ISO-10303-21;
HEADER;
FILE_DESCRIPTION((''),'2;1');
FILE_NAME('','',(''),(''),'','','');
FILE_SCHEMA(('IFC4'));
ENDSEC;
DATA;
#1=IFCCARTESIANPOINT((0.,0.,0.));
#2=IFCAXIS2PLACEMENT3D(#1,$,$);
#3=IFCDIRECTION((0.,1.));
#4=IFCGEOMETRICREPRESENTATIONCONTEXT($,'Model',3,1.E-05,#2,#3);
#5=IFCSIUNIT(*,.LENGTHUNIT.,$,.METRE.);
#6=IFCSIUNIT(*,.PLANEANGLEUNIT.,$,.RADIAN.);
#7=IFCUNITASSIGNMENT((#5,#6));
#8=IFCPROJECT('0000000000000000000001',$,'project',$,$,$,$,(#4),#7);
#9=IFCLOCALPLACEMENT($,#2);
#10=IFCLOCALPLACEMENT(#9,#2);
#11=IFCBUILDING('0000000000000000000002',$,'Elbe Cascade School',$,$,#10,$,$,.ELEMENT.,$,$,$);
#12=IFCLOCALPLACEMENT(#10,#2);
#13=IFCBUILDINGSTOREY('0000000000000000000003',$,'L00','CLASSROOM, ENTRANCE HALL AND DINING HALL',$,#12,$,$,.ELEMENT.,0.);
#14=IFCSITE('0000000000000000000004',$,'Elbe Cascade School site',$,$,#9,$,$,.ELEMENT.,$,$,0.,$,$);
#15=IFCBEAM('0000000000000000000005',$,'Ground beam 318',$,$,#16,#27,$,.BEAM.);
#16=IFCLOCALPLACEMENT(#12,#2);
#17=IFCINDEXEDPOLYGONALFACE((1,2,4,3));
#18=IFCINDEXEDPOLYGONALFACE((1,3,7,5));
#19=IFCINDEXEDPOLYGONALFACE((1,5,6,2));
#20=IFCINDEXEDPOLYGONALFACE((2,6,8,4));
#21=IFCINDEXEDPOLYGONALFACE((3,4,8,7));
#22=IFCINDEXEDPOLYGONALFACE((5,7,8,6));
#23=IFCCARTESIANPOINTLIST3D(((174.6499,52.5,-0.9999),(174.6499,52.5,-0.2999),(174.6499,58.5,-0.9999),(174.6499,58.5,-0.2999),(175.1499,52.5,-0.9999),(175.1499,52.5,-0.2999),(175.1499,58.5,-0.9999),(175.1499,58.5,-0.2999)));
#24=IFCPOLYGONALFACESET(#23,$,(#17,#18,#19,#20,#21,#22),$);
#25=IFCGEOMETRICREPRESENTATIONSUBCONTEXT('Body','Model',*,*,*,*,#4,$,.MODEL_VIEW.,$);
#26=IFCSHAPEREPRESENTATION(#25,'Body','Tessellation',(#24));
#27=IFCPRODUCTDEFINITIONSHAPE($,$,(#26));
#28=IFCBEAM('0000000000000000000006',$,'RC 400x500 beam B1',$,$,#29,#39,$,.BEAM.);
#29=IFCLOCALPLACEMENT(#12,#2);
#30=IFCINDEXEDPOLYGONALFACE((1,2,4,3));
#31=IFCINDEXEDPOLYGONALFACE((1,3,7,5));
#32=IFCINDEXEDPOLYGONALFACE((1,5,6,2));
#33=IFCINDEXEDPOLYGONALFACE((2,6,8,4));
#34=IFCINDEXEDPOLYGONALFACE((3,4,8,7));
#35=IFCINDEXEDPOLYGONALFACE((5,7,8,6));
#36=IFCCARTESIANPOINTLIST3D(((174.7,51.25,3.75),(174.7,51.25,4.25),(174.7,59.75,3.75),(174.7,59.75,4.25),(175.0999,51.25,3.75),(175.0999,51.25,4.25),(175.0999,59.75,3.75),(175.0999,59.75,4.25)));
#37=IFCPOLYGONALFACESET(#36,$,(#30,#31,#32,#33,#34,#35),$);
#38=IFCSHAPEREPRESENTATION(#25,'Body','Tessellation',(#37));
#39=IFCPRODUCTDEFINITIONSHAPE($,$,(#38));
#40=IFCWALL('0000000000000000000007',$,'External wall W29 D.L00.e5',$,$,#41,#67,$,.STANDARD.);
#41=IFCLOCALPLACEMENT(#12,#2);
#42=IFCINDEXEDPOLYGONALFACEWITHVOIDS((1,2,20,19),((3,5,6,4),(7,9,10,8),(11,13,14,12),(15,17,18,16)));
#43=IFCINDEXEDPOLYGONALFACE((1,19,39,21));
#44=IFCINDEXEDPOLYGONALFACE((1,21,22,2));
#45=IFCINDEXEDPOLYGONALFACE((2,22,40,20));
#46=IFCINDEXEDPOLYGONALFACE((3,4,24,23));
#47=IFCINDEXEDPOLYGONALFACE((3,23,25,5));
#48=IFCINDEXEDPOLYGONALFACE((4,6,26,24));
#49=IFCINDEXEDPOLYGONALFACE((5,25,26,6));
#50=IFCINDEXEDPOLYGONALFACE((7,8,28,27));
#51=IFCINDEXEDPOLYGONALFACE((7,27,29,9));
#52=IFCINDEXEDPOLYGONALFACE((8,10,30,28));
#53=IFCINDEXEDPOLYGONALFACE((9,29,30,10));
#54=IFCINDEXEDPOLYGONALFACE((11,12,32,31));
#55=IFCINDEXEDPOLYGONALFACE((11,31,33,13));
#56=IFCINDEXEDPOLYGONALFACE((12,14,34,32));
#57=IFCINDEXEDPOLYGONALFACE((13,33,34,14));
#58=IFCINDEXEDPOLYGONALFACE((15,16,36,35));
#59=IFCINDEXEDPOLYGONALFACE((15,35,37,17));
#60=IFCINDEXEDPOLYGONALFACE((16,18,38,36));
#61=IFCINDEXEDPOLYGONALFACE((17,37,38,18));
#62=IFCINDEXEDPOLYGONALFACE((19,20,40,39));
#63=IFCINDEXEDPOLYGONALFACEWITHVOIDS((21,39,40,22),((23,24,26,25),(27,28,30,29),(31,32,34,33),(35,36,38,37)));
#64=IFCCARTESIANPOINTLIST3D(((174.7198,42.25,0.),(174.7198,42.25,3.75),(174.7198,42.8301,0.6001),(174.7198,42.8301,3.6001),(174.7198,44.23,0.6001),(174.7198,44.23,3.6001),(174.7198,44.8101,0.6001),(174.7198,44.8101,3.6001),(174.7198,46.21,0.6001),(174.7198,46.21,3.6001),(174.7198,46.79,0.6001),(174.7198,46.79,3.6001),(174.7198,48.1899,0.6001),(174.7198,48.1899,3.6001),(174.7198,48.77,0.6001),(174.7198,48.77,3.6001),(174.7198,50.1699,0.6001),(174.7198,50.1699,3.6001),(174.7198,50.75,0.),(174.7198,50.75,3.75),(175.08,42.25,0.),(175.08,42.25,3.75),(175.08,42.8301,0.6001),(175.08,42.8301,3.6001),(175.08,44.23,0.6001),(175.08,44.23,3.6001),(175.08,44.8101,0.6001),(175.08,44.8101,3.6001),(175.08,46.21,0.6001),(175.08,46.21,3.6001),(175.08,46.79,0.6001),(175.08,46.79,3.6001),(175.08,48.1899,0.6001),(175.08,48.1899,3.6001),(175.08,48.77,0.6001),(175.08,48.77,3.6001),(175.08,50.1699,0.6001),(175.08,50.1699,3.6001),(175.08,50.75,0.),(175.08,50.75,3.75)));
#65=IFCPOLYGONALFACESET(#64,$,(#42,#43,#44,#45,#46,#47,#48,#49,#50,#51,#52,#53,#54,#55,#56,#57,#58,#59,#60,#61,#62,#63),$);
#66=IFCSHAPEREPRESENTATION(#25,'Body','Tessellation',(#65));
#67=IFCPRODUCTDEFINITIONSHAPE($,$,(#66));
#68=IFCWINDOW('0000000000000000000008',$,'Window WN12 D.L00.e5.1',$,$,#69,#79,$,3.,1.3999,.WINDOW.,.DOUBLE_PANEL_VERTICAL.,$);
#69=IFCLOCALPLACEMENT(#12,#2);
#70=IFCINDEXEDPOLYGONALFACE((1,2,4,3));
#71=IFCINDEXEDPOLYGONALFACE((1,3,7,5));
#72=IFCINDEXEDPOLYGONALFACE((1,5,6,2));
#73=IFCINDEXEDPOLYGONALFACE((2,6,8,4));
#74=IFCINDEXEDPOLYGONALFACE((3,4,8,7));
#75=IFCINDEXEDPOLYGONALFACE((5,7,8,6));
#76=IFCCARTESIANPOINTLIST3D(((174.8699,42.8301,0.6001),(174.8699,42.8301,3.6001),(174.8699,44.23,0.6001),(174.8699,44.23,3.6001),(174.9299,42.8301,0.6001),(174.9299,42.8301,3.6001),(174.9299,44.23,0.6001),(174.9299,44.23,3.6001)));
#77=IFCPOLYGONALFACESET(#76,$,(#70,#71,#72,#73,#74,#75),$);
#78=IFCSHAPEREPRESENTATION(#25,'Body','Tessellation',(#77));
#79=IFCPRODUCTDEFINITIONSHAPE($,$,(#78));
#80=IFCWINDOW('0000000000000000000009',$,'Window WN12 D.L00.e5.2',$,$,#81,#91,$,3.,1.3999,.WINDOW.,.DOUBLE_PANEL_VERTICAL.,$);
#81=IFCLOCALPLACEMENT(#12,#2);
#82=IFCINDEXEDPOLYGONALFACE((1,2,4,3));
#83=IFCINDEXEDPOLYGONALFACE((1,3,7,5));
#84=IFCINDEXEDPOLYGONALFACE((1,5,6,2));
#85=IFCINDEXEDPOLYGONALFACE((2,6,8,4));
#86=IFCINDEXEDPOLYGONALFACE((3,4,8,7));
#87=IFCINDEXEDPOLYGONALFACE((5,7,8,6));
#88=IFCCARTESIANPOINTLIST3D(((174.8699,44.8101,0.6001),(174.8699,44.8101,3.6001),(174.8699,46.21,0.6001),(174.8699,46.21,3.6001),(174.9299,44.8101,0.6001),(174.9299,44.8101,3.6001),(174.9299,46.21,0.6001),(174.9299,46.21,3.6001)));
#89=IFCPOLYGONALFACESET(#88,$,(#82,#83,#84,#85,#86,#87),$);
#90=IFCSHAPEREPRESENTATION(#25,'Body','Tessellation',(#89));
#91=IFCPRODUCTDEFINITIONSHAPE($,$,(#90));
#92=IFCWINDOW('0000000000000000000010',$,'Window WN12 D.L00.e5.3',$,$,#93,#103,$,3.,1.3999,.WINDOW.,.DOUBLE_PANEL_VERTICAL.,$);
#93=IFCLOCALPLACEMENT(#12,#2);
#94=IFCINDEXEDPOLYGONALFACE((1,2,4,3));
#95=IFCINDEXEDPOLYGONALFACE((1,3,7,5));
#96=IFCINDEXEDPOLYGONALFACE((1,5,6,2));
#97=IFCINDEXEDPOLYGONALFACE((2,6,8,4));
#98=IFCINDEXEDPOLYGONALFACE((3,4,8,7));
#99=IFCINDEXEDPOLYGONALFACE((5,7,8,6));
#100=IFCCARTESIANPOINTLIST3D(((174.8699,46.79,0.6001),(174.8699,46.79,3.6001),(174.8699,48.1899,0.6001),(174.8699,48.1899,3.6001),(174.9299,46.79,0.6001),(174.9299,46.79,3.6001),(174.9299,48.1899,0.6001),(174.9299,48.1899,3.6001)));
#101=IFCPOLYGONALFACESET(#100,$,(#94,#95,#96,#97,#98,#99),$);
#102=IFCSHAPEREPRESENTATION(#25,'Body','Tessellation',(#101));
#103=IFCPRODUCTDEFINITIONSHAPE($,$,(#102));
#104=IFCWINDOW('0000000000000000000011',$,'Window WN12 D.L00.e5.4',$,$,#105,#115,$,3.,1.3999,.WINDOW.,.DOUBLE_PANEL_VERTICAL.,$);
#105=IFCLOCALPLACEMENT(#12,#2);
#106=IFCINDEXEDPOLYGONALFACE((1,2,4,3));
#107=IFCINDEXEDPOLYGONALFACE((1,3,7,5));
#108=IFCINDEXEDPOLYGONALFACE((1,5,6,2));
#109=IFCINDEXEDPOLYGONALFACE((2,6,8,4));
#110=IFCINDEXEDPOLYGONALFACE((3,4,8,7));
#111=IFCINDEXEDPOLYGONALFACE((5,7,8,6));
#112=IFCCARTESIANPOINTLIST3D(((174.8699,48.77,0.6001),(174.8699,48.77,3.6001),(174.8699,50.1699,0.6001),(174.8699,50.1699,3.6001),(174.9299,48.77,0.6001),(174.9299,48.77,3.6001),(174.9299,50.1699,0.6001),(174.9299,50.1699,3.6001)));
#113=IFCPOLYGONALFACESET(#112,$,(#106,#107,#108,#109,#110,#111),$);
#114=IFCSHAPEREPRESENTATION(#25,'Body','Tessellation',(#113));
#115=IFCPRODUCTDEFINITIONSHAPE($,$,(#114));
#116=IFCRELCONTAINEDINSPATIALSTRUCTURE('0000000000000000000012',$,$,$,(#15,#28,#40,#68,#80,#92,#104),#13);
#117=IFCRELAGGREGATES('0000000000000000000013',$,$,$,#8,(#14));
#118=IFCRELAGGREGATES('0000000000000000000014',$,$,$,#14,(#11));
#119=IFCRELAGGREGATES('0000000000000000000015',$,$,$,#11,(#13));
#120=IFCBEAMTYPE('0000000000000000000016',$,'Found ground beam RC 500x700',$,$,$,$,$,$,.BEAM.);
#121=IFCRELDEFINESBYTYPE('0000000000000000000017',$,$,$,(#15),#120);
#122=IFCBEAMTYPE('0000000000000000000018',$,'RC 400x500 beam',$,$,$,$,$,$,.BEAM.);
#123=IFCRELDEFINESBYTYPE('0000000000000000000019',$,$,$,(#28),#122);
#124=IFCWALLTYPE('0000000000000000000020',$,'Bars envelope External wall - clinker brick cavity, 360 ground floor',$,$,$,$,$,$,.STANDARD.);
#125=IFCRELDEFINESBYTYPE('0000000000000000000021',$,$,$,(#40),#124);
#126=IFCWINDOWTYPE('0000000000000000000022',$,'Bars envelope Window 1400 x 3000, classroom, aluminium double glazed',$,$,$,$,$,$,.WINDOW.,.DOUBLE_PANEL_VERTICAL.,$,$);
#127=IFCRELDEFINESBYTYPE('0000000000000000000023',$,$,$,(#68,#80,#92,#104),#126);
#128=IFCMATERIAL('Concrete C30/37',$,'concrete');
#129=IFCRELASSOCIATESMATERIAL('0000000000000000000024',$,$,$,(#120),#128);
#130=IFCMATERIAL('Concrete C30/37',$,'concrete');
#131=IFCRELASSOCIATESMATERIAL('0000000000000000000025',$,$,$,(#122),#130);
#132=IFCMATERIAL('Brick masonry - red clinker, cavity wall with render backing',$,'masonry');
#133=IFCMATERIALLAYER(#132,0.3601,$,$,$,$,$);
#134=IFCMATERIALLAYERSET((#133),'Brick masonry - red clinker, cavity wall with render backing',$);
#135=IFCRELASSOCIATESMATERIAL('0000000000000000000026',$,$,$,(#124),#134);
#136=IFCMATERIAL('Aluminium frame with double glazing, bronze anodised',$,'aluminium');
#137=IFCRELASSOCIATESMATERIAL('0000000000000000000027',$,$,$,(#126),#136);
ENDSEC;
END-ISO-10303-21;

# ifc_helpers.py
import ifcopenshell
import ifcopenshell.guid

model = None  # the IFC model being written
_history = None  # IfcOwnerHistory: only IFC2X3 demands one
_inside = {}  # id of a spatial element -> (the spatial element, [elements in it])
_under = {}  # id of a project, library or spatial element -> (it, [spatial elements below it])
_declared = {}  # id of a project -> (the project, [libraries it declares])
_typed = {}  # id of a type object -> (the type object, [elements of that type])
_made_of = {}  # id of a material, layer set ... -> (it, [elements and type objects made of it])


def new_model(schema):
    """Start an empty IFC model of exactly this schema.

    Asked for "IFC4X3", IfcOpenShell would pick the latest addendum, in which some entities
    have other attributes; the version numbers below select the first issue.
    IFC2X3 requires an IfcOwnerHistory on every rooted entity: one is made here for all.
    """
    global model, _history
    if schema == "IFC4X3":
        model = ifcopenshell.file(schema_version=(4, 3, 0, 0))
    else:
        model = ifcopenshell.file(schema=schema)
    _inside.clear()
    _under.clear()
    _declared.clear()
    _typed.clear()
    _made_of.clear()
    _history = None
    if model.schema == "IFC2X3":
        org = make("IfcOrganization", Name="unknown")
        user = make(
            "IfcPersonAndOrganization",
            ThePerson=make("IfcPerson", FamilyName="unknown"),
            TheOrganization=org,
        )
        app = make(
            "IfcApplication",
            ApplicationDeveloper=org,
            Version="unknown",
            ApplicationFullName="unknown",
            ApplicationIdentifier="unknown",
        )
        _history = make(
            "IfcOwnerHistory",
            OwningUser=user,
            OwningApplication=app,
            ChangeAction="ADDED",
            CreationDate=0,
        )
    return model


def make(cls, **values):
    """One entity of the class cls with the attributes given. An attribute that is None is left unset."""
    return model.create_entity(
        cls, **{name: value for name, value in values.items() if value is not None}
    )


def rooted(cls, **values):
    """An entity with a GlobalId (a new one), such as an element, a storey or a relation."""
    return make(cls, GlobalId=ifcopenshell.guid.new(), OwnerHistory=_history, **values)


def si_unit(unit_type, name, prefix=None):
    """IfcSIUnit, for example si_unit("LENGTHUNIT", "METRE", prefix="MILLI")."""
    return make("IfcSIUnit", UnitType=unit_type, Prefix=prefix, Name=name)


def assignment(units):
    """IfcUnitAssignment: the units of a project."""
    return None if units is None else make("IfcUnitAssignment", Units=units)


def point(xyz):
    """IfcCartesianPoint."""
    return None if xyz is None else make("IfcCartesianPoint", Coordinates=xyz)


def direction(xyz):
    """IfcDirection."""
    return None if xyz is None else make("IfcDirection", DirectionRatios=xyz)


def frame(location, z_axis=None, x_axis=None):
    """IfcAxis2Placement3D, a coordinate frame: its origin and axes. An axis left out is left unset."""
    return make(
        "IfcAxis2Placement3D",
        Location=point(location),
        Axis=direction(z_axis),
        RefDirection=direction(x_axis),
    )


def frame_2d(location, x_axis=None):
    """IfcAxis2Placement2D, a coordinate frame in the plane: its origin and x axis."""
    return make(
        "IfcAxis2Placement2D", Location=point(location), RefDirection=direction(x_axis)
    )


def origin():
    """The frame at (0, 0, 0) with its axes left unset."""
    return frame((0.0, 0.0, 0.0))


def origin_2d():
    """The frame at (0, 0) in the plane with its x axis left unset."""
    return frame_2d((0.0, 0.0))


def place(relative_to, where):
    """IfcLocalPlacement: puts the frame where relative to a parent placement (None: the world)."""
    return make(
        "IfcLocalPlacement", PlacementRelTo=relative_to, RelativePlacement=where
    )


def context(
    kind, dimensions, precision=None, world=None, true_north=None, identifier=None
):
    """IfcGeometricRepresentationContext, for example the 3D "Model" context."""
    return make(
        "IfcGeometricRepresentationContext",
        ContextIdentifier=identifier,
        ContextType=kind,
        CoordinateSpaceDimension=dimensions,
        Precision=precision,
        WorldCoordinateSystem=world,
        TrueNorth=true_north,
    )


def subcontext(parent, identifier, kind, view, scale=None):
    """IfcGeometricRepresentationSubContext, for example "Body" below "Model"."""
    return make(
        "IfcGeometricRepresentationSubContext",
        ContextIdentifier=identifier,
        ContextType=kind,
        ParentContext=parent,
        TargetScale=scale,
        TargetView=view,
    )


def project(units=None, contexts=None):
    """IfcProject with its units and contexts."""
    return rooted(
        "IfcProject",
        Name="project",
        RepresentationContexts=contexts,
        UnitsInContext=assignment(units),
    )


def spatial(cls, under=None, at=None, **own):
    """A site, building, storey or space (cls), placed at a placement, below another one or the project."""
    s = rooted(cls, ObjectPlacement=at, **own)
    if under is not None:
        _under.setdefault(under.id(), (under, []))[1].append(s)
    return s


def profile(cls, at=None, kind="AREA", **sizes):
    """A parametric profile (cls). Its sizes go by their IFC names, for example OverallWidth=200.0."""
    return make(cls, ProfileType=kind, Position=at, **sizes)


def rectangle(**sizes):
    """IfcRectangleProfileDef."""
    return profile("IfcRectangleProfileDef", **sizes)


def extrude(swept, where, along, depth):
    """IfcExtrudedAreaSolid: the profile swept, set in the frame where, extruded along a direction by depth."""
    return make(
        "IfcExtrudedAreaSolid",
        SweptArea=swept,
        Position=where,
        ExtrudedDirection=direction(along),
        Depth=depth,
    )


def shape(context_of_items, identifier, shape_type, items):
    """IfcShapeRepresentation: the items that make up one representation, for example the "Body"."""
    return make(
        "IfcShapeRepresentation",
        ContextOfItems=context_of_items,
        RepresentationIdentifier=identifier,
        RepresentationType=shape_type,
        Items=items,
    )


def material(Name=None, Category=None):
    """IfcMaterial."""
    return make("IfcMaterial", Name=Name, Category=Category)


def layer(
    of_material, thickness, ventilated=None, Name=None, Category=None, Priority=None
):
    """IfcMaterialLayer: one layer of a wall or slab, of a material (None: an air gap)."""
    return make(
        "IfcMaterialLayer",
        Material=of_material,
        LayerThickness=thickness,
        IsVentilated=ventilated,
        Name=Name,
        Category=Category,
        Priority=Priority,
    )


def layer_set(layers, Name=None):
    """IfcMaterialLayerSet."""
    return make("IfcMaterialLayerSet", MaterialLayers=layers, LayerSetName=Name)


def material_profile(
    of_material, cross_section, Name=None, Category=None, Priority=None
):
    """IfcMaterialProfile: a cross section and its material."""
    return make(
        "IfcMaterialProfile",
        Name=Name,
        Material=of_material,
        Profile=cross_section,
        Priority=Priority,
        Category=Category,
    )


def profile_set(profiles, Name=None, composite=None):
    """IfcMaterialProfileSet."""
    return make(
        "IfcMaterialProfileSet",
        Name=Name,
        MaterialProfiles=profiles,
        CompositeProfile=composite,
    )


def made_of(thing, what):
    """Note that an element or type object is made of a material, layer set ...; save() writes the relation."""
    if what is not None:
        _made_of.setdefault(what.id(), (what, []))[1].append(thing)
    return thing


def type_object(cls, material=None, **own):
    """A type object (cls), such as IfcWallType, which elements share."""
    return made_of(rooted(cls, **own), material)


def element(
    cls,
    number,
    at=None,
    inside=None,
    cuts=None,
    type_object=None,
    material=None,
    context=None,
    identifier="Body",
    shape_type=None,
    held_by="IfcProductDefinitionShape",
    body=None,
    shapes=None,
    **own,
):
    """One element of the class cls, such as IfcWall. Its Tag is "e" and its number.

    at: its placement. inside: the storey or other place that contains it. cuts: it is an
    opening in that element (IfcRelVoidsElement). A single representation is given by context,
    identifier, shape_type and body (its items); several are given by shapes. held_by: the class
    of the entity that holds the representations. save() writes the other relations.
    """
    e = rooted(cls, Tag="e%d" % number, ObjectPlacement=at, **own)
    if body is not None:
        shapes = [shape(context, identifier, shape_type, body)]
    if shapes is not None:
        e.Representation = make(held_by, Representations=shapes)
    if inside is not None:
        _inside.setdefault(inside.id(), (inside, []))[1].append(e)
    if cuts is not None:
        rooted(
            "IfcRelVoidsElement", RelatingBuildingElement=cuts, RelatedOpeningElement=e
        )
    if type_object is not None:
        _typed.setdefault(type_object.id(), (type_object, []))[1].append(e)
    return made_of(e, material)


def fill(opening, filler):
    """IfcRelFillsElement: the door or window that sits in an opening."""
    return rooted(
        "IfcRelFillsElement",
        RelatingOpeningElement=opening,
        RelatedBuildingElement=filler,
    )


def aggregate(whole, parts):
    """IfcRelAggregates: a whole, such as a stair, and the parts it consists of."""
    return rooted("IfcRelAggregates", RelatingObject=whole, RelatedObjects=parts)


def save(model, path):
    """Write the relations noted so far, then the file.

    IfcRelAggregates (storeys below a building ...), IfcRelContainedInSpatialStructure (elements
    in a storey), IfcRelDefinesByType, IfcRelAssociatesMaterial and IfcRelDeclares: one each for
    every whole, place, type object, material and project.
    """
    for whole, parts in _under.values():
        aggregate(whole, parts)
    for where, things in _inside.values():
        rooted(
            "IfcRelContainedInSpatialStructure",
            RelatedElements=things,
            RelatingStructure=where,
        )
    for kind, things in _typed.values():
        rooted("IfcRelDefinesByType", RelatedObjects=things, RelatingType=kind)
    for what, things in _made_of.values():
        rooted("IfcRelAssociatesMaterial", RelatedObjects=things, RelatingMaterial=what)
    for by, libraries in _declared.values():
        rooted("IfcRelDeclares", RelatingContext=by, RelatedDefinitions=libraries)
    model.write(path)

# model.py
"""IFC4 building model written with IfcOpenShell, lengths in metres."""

from ifc_helpers import new_model, si_unit, direction, frame, frame_2d, origin, origin_2d, place, context, subcontext, project, spatial, rectangle, extrude, material, layer, layer_set, material_profile, profile_set, type_object, element, fill, save


model = new_model("IFC4")

# Units and contexts
model_context = context("Model", 3, precision=1e-05, world=origin(), true_north=direction((0.0, 1.0)))
body_context = subcontext(model_context, "Body", "Model", "MODEL_VIEW")
ifc_project = project(units=[si_unit("LENGTHUNIT", "METRE"), si_unit("PLANEANGLEUNIT", "RADIAN")], contexts=[model_context])

# Site, building, storey
site_placement = place(None, origin())
site = spatial("IfcSite", under=ifc_project, at=site_placement, Name="Elbe Cascade School site", CompositionType="ELEMENT", RefElevation=0.0)
building_placement = place(site_placement, origin())
building = spatial("IfcBuilding", under=site, at=building_placement, Name="Elbe Cascade School", CompositionType="ELEMENT")
storey_placement = place(building_placement, origin())
storey = spatial("IfcBuildingStorey", under=building, at=storey_placement, Name="L00", Description="CLASSROOM, ENTRANCE HALL AND DINING HALL", CompositionType="ELEMENT", Elevation=0.0)

# Beams
ifc_material_1 = material(Name="Concrete C30/37", Category="concrete")
ifc_material_profile_1 = material_profile(ifc_material_1, rectangle(XDim=0.5, YDim=0.7, at=origin_2d()), Name="RC 500x700")
ifc_profile_set_1 = profile_set([ifc_material_profile_1], Name="Concrete C30/37")
beam_type_1 = type_object("IfcBeamType", Name="Found ground beam RC 500x700", PredefinedType="BEAM", material=ifc_profile_set_1)
beam_1_placement = place(storey_placement, frame((174.8999, 52.5, -0.6499), z_axis=(0.0, 1.0, 0.0), x_axis=(-1.0, 0.0, 0.0)))
element("IfcBeam", 1, at=beam_1_placement, inside=storey, type_object=beam_type_1, Name="Ground beam 318", PredefinedType="BEAM", context=body_context, shape_type="SweptSolid", body=[
    extrude(rectangle(XDim=0.5, YDim=0.7, at=origin_2d()), origin(), (0.0, 0.0, 1.0), 6.0),
])
ifc_material_2 = material(Name="Concrete C30/37", Category="concrete")
ifc_material_profile_2 = material_profile(ifc_material_2, rectangle(XDim=0.3999, YDim=0.5, at=origin_2d()), Name="RC 400x500")
ifc_profile_set_2 = profile_set([ifc_material_profile_2], Name="Concrete C30/37")
beam_type_2 = type_object("IfcBeamType", Name="RC 400x500 beam", PredefinedType="BEAM", material=ifc_profile_set_2)
beam_2_placement = place(storey_placement, frame((174.8999, 51.25, 4.0), z_axis=(0.0, 1.0, 0.0), x_axis=(-1.0, 0.0, 0.0)))
element("IfcBeam", 2, at=beam_2_placement, inside=storey, type_object=beam_type_2, Name="RC 400x500 beam B1", PredefinedType="BEAM", context=body_context, shape_type="SweptSolid", body=[
    extrude(rectangle(XDim=0.3999, YDim=0.5, at=origin_2d()), origin(), (0.0, 0.0, 1.0), 8.5),
])

# Wall, openings, windows
ifc_material_3 = material(Name="Brick masonry - red clinker, cavity wall with render backing", Category="masonry")
ifc_layer_1 = layer(ifc_material_3, 0.3601)
ifc_layer_set_1 = layer_set([ifc_layer_1], Name="Brick masonry - red clinker, cavity wall with render backing")
wall_type = type_object("IfcWallType", Name="Bars envelope External wall - clinker brick cavity, 360 ground floor", PredefinedType="STANDARD", material=ifc_layer_set_1)
wall_1_placement = place(storey_placement, frame((174.8999, 50.75, 0.0), z_axis=(0.0, 0.0, 1.0), x_axis=(0.0, -1.0, 0.0)))
wall_1 = element("IfcWall", 3, at=wall_1_placement, inside=storey, type_object=wall_type, Name="External wall W29 D.L00.e5", PredefinedType="STANDARD", context=body_context, shape_type="SweptSolid", body=[
    extrude(rectangle(XDim=8.5, YDim=0.3601, at=frame_2d((4.25, 0.0))), origin(), (0.0, 0.0, 1.0), 3.75),
])
opening_1_placement = place(wall_1_placement, frame((6.52, 0.0, 0.6001)))
opening_1 = element("IfcOpeningElement", 4, at=opening_1_placement, cuts=wall_1, PredefinedType="OPENING", context=body_context, shape_type="SweptSolid", body=[
    extrude(rectangle(XDim=1.3999, YDim=3.0, at=frame_2d((0.7, 1.5))), frame((0.0, 0.1899, 0.0), z_axis=(0.0, -1.0, 0.0), x_axis=(1.0, 0.0, 0.0)), (0.0, 0.0, 1.0), 0.3801),
])
opening_2_placement = place(wall_1_placement, frame((4.54, 0.0, 0.6001)))
opening_2 = element("IfcOpeningElement", 5, at=opening_2_placement, cuts=wall_1, PredefinedType="OPENING", context=body_context, shape_type="SweptSolid", body=[
    extrude(rectangle(XDim=1.3999, YDim=3.0, at=frame_2d((0.7, 1.5))), frame((0.0, 0.1899, 0.0), z_axis=(0.0, -1.0, 0.0), x_axis=(1.0, 0.0, 0.0)), (0.0, 0.0, 1.0), 0.3801),
])
opening_3_placement = place(wall_1_placement, frame((2.5601, 0.0, 0.6001)))
opening_3 = element("IfcOpeningElement", 6, at=opening_3_placement, cuts=wall_1, PredefinedType="OPENING", context=body_context, shape_type="SweptSolid", body=[
    extrude(rectangle(XDim=1.3999, YDim=3.0, at=frame_2d((0.7, 1.5))), frame((0.0, 0.1899, 0.0), z_axis=(0.0, -1.0, 0.0), x_axis=(1.0, 0.0, 0.0)), (0.0, 0.0, 1.0), 0.3801),
])
opening_4_placement = place(wall_1_placement, frame((0.5801, 0.0, 0.6001)))
opening_4 = element("IfcOpeningElement", 7, at=opening_4_placement, cuts=wall_1, PredefinedType="OPENING", context=body_context, shape_type="SweptSolid", body=[
    extrude(rectangle(XDim=1.3999, YDim=3.0, at=frame_2d((0.7, 1.5))), frame((0.0, 0.1899, 0.0), z_axis=(0.0, -1.0, 0.0), x_axis=(1.0, 0.0, 0.0)), (0.0, 0.0, 1.0), 0.3801),
])
ifc_material_4 = material(Name="Aluminium frame with double glazing, bronze anodised", Category="aluminium")
window_type_1 = type_object("IfcWindowType", Name="Bars envelope Window 1400 x 3000, classroom, aluminium double glazed", PartitioningType="DOUBLE_PANEL_VERTICAL", PredefinedType="WINDOW", material=ifc_material_4)
window_1_placement = place(opening_1_placement, origin())
window_1 = element("IfcWindow", 8, at=window_1_placement, inside=storey, type_object=window_type_1, Name="Window WN12 D.L00.e5.1", OverallHeight=3.0, OverallWidth=1.3999, PartitioningType="DOUBLE_PANEL_VERTICAL", PredefinedType="WINDOW", context=body_context, shape_type="SweptSolid", body=[
    extrude(rectangle(XDim=1.3999, YDim=3.0, at=frame_2d((0.7, 1.5))), frame((0.0, 0.03, 0.0), z_axis=(0.0, -1.0, 0.0), x_axis=(1.0, 0.0, 0.0)), (0.0, 0.0, 1.0), 0.0601),
])
fill(opening_1, window_1)
window_2_placement = place(opening_2_placement, origin())
window_2 = element("IfcWindow", 9, at=window_2_placement, inside=storey, type_object=window_type_1, Name="Window WN12 D.L00.e5.2", OverallHeight=3.0, OverallWidth=1.3999, PartitioningType="DOUBLE_PANEL_VERTICAL", PredefinedType="WINDOW", context=body_context, shape_type="SweptSolid", body=[
    extrude(rectangle(XDim=1.3999, YDim=3.0, at=frame_2d((0.7, 1.5))), frame((0.0, 0.03, 0.0), z_axis=(0.0, -1.0, 0.0), x_axis=(1.0, 0.0, 0.0)), (0.0, 0.0, 1.0), 0.0601),
])
fill(opening_2, window_2)
window_3_placement = place(opening_3_placement, origin())
window_3 = element("IfcWindow", 10, at=window_3_placement, inside=storey, type_object=window_type_1, Name="Window WN12 D.L00.e5.3", OverallHeight=3.0, OverallWidth=1.3999, PartitioningType="DOUBLE_PANEL_VERTICAL", PredefinedType="WINDOW", context=body_context, shape_type="SweptSolid", body=[
    extrude(rectangle(XDim=1.3999, YDim=3.0, at=frame_2d((0.7, 1.5))), frame((0.0, 0.03, 0.0), z_axis=(0.0, -1.0, 0.0), x_axis=(1.0, 0.0, 0.0)), (0.0, 0.0, 1.0), 0.0601),
])
fill(opening_3, window_3)
window_4_placement = place(opening_4_placement, origin())
window_4 = element("IfcWindow", 11, at=window_4_placement, inside=storey, type_object=window_type_1, Name="Window WN12 D.L00.e5.4", OverallHeight=3.0, OverallWidth=1.3999, PartitioningType="DOUBLE_PANEL_VERTICAL", PredefinedType="WINDOW", context=body_context, shape_type="SweptSolid", body=[
    extrude(rectangle(XDim=1.3999, YDim=3.0, at=frame_2d((0.7, 1.5))), frame((0.0, 0.03, 0.0), z_axis=(0.0, -1.0, 0.0), x_axis=(1.0, 0.0, 0.0)), (0.0, 0.0, 1.0), 0.0601),
])
fill(opening_4, window_4)

save(model, "model.ifc")
